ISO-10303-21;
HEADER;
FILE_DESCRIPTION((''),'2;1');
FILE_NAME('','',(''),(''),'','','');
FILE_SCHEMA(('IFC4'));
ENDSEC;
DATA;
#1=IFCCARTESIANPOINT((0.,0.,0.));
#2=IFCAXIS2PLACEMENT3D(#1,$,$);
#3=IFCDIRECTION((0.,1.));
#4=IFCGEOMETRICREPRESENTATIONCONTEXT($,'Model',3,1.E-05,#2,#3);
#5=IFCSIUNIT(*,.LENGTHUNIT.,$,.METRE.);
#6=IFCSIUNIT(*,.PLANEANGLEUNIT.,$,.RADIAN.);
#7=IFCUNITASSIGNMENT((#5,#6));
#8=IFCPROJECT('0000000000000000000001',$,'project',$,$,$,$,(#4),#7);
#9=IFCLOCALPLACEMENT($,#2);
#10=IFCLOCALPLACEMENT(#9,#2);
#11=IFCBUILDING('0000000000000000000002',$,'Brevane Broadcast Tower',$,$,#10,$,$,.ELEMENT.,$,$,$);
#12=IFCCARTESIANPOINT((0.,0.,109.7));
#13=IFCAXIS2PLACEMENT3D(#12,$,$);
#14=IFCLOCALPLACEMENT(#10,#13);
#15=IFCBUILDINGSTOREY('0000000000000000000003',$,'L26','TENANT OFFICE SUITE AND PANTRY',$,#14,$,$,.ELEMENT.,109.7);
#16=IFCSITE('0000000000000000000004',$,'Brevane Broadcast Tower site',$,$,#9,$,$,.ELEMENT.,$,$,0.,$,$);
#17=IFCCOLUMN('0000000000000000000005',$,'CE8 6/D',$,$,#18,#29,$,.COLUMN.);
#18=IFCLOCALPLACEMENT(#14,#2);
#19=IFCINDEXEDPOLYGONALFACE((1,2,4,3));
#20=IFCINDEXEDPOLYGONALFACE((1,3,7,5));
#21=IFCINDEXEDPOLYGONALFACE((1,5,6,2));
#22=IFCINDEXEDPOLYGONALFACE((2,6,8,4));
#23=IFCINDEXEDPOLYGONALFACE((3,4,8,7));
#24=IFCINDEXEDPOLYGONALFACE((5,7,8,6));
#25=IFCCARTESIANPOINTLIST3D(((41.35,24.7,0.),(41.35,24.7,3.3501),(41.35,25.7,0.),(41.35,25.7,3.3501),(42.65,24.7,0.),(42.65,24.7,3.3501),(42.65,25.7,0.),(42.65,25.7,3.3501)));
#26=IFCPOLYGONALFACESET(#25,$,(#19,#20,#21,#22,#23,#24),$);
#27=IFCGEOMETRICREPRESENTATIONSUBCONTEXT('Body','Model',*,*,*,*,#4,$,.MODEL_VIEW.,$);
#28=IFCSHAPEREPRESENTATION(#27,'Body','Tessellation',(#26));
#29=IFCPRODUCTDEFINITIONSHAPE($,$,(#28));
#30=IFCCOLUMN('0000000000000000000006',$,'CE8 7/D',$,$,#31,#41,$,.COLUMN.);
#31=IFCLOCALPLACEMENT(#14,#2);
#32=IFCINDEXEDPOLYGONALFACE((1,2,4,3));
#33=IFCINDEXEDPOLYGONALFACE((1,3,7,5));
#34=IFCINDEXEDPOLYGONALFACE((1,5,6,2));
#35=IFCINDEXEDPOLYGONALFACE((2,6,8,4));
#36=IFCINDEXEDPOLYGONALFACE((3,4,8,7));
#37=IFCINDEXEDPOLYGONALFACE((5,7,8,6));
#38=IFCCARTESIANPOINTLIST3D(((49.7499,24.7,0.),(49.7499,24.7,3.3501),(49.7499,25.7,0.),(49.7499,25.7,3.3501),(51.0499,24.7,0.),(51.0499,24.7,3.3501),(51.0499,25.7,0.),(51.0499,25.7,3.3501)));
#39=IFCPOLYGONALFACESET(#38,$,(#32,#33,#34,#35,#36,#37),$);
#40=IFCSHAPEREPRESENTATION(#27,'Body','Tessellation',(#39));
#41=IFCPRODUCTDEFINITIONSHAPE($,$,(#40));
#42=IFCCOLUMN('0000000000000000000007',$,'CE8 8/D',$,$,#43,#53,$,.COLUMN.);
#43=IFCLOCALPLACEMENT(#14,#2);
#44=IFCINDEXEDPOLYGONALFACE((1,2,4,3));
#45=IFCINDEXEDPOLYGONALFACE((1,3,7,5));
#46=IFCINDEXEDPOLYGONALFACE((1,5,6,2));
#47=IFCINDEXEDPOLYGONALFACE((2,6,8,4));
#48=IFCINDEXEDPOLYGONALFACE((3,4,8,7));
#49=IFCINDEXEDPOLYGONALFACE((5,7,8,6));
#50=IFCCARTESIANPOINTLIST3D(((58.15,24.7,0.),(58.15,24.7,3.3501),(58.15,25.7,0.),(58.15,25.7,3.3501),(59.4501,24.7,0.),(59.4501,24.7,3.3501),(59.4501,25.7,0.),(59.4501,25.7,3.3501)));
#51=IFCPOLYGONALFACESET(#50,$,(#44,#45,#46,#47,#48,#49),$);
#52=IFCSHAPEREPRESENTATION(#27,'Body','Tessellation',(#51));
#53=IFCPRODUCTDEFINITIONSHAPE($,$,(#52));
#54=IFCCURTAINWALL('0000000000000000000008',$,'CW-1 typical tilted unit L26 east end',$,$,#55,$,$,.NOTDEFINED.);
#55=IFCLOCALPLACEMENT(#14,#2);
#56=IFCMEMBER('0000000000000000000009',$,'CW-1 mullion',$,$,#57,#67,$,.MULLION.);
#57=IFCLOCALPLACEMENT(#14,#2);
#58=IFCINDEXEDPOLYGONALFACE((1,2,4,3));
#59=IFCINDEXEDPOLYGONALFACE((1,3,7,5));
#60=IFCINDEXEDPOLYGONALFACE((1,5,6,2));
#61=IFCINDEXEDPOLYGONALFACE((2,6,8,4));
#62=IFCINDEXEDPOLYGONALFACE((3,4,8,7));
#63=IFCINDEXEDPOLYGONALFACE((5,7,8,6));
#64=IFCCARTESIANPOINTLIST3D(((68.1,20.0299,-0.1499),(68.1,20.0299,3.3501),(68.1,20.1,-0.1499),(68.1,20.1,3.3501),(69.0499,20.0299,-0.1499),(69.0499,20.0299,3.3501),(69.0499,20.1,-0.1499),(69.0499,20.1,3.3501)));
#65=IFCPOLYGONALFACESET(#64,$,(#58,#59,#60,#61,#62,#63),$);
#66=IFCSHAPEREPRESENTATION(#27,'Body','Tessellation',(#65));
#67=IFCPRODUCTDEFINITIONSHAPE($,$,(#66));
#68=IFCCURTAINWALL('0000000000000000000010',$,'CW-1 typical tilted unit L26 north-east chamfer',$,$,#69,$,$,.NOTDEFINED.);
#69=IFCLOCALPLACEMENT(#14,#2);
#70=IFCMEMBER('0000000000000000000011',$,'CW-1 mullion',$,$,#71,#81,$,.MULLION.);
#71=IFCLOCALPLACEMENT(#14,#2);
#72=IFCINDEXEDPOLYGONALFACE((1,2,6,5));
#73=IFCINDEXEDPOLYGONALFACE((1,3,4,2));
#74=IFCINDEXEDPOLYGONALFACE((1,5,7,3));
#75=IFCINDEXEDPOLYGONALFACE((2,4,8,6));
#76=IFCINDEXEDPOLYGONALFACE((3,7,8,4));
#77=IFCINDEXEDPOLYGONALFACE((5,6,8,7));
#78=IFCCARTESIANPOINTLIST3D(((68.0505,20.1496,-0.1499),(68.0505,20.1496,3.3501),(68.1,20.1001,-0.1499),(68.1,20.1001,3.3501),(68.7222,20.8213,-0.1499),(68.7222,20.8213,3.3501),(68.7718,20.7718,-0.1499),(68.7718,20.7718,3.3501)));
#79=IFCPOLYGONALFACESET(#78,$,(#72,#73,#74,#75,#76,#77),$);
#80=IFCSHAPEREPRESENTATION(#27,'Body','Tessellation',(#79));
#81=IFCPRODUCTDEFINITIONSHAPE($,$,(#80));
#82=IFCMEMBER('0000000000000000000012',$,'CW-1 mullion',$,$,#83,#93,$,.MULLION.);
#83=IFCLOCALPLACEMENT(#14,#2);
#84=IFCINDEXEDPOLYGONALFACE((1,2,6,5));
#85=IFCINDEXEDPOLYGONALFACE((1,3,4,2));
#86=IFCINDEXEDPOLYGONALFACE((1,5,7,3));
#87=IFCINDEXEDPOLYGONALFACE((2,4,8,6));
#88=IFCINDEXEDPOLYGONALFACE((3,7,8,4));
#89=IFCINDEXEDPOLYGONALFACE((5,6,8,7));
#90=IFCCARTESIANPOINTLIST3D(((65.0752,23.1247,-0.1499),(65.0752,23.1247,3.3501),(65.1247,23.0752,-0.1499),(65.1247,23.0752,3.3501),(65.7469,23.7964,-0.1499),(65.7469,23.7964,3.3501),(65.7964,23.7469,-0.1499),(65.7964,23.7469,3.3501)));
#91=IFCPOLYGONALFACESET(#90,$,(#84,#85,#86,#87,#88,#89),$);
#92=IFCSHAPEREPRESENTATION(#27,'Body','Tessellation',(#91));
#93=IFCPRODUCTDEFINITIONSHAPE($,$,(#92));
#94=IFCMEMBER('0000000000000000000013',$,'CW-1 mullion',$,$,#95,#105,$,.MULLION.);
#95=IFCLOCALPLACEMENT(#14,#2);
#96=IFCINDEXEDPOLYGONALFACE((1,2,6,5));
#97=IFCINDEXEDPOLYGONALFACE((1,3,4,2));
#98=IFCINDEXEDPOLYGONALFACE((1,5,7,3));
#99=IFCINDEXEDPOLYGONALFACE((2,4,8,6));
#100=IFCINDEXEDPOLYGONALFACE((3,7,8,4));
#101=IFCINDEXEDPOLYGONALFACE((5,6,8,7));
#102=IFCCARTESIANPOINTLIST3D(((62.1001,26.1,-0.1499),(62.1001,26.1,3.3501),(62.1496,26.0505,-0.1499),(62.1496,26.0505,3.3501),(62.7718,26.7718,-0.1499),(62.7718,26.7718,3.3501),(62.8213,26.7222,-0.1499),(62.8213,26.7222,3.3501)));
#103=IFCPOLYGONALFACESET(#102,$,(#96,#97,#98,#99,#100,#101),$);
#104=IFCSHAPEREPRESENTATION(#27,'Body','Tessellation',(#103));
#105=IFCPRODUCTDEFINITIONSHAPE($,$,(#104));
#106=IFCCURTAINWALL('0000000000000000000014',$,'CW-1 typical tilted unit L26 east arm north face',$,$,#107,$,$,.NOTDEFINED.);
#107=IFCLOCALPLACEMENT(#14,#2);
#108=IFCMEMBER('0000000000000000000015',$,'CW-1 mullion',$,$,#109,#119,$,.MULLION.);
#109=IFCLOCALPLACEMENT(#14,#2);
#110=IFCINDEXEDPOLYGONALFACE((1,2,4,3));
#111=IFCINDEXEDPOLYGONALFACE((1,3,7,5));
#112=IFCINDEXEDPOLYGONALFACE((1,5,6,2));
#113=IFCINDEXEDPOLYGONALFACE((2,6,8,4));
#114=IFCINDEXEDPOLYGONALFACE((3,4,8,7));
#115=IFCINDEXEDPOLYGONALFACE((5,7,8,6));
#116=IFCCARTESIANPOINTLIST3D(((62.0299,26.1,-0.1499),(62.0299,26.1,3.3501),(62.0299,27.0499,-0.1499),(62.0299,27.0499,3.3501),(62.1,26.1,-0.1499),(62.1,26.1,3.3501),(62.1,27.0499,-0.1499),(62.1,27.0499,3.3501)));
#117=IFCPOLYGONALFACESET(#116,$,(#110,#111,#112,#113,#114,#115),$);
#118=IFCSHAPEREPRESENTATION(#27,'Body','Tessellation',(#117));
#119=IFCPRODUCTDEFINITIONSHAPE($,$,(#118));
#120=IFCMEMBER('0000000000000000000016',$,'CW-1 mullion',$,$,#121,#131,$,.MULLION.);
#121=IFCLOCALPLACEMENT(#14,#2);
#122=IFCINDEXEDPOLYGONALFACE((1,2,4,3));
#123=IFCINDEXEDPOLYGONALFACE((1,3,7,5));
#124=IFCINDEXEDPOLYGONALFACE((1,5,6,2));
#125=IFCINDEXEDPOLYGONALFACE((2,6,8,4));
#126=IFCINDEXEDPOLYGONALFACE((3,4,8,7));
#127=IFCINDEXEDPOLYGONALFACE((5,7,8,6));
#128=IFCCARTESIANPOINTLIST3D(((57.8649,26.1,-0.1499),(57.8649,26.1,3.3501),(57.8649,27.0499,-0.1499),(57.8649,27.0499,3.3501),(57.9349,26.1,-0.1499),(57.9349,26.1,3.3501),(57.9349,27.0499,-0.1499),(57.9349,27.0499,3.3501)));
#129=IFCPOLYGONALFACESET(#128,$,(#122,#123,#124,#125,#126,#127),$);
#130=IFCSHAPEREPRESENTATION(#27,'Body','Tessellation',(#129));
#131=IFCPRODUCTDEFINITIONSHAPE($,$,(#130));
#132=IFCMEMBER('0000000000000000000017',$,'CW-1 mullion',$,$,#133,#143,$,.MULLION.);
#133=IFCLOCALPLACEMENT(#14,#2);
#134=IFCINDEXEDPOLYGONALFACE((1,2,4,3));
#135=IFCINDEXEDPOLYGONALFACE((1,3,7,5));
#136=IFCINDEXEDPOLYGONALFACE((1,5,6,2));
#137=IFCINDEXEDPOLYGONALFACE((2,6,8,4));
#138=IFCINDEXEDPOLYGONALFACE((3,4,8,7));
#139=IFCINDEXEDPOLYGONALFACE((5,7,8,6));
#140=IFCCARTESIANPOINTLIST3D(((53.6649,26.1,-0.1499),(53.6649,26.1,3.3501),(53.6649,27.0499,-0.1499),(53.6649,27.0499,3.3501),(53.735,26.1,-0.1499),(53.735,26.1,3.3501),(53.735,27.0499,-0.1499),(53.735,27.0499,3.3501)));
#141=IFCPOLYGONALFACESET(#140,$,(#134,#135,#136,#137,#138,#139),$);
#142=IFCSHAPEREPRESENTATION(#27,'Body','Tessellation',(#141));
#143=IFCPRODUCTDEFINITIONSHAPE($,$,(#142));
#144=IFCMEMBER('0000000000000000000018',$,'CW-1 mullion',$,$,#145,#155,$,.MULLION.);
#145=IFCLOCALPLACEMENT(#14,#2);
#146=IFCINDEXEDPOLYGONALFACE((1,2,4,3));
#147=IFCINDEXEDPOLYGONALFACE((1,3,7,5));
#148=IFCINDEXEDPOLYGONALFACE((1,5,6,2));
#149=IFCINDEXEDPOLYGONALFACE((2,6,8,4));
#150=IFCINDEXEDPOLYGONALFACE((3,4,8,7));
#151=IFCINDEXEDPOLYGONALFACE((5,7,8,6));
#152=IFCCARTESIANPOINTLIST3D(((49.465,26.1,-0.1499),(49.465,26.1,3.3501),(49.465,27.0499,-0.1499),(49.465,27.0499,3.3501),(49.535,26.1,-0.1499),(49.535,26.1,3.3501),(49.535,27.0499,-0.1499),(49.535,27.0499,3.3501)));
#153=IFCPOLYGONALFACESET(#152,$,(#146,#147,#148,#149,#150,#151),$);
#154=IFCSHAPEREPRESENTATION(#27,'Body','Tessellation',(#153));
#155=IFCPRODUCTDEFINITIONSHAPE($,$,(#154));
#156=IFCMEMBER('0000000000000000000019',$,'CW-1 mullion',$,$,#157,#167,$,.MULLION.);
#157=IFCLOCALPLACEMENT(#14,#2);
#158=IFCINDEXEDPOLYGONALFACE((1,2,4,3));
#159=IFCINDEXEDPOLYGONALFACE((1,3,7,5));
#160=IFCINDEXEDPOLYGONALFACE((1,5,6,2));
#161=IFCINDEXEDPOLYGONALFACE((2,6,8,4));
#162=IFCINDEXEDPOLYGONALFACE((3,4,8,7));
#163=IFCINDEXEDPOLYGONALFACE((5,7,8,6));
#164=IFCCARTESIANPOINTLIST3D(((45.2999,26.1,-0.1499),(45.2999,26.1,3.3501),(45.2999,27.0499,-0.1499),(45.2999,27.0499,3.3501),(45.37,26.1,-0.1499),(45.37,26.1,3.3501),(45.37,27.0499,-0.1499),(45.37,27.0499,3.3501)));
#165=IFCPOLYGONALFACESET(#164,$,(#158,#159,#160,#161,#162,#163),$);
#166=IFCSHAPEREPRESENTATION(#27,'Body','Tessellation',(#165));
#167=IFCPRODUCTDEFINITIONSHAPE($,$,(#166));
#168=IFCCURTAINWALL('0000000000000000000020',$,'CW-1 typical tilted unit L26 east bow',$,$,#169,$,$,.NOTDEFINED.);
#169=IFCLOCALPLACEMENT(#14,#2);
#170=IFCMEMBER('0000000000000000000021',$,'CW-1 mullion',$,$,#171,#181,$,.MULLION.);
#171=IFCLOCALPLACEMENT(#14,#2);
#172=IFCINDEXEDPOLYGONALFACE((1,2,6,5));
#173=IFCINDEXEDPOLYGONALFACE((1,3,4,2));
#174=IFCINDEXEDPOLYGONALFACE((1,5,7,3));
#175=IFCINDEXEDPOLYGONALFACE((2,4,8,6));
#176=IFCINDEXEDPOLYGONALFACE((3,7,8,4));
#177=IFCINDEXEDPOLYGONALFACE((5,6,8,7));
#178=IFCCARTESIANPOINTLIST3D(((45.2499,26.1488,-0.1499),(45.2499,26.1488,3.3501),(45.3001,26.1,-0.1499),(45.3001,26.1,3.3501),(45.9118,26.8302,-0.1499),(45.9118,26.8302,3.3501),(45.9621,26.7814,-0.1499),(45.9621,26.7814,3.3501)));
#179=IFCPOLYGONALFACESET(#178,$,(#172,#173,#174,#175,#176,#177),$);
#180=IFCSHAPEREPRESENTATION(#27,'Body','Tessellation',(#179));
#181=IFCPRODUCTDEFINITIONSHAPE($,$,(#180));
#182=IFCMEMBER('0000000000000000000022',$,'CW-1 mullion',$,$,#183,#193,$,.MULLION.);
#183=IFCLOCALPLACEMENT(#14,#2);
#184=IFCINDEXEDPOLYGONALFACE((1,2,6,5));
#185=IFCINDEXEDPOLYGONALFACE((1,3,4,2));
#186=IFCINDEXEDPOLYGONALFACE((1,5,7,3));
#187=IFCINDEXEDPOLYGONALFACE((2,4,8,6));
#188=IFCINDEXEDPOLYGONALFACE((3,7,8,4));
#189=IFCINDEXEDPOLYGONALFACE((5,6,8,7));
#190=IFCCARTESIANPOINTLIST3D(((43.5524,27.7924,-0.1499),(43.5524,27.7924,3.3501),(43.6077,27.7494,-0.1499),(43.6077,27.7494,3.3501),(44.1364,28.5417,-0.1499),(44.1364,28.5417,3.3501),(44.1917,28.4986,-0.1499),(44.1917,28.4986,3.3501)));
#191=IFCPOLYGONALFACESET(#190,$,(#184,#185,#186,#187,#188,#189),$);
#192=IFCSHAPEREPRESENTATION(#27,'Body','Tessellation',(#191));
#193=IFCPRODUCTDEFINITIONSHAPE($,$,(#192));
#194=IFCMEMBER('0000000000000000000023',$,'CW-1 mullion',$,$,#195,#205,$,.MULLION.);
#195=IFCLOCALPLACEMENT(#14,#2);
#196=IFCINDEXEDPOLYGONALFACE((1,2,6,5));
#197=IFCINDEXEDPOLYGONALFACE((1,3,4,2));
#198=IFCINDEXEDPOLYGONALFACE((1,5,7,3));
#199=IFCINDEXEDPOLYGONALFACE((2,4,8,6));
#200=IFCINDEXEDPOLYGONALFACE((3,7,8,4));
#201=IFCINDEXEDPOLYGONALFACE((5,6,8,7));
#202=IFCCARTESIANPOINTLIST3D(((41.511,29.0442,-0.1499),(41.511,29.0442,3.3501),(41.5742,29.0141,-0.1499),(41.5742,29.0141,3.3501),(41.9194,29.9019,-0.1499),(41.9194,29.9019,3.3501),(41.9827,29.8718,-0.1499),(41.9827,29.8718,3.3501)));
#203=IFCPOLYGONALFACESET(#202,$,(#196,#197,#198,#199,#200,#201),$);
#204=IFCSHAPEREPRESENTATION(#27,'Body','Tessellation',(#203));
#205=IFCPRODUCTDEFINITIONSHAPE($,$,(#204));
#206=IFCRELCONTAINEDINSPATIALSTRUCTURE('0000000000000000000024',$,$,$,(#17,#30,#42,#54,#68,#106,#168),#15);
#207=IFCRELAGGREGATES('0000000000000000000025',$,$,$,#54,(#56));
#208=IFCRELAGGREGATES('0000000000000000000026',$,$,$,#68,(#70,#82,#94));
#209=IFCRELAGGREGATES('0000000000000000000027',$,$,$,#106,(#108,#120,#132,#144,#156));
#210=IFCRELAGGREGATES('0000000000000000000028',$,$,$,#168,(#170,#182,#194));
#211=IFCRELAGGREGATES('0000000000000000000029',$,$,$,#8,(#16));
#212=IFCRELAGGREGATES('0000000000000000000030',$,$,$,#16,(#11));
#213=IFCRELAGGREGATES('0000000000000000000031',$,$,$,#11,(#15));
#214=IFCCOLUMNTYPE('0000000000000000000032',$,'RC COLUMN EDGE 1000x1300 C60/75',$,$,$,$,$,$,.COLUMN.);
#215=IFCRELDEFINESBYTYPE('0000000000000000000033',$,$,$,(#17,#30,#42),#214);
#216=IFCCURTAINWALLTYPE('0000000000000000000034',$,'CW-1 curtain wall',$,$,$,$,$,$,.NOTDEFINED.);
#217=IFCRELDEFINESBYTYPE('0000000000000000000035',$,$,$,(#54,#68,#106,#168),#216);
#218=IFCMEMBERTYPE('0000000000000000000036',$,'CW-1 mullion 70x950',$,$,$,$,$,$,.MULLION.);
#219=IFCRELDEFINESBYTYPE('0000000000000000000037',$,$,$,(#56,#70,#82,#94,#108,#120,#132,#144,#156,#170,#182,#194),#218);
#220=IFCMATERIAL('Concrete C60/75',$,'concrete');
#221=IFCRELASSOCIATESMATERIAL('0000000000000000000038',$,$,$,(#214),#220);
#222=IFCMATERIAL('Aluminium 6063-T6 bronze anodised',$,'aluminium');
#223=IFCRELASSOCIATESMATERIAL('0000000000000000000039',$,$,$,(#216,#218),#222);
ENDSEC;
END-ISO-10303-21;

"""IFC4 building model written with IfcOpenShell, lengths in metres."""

from ifc_helpers import new_model, si_unit, direction, frame, origin, origin_2d, place, context, subcontext, project, spatial, rectangle, extrude, material, material_profile, profile_set, type_object, element, aggregate, save


model = new_model("IFC4")

# Units and contexts
model_context = context("Model", 3, precision=1e-05, world=origin(), true_north=direction((0.0, 1.0)))
body_context = subcontext(model_context, "Body", "Model", "MODEL_VIEW")
ifc_project = project(units=[si_unit("LENGTHUNIT", "METRE"), si_unit("PLANEANGLEUNIT", "RADIAN")], contexts=[model_context])

# Site, building, storey
site_placement = place(None, origin())
site = spatial("IfcSite", under=ifc_project, at=site_placement, Name="Brevane Broadcast Tower site", CompositionType="ELEMENT", RefElevation=0.0)
building_placement = place(site_placement, origin())
building = spatial("IfcBuilding", under=site, at=building_placement, Name="Brevane Broadcast Tower", CompositionType="ELEMENT")
storey_placement = place(building_placement, frame((0.0, 0.0, 109.7)))
storey = spatial("IfcBuildingStorey", under=building, at=storey_placement, Name="L26", Description="TENANT OFFICE SUITE AND PANTRY", CompositionType="ELEMENT", Elevation=109.7)

# Columns
ifc_material_1 = material(Name="Concrete C60/75", Category="concrete")
ifc_material_profile_1 = material_profile(ifc_material_1, rectangle(XDim=1.0, YDim=1.3, at=origin_2d()), Name="RC 1000x1300")
ifc_profile_set_1 = profile_set([ifc_material_profile_1], Name="Concrete C60/75")
column_type = type_object("IfcColumnType", Name="RC COLUMN EDGE 1000x1300 C60/75", PredefinedType="COLUMN", material=ifc_profile_set_1)
for number, where, z_axis, x_axis, name in (
    (1, (42.0, 25.2, 0.0), (0.0, 0.0, 1.0), (0.0, 1.0, 0.0), "CE8 6/D"),
    (2, (50.3999, 25.2, 0.0), (0.0, 0.0, 1.0), (0.0, 1.0, 0.0), "CE8 7/D"),
    (3, (58.8, 25.2, 0.0), (0.0, 0.0, 1.0), (0.0, 1.0, 0.0), "CE8 8/D"),
):
    element("IfcColumn", number, at=place(storey_placement, frame(where, z_axis=z_axis, x_axis=x_axis)), inside=storey, type_object=column_type, Name=name, PredefinedType="COLUMN", context=body_context, shape_type="SweptSolid", body=[
        extrude(rectangle(XDim=1.0, YDim=1.3, at=origin_2d()), origin(), (0.0, 0.0, 1.0), 3.3501),
    ])

# Curtain wall, member
ifc_material_2 = material(Name="Aluminium 6063-T6 bronze anodised", Category="aluminium")
curtain_wall_type = type_object("IfcCurtainWallType", Name="CW-1 curtain wall", PredefinedType="NOTDEFINED", material=ifc_material_2)
curtain_wall_1_placement = place(storey_placement, origin())
curtain_wall_1 = element("IfcCurtainWall", 4, at=curtain_wall_1_placement, inside=storey, type_object=curtain_wall_type, Name="CW-1 typical tilted unit L26 east end", PredefinedType="NOTDEFINED")
ifc_material_profile_2 = material_profile(ifc_material_2, rectangle(XDim=0.95, YDim=0.0701, at=origin_2d()), Name="RECT 70x950")
ifc_profile_set_2 = profile_set([ifc_material_profile_2], Name="Aluminium 6063-T6 bronze anodised")
member_type_1 = type_object("IfcMemberType", Name="CW-1 mullion 70x950", PredefinedType="MULLION", material=ifc_profile_set_2)
member_1_placement = place(storey_placement, frame((68.575, 20.0649, -0.1499), z_axis=(0.0, 0.0, 1.0), x_axis=(-1.0, 0.0, 0.0)))
member_1 = element("IfcMember", 5, at=member_1_placement, type_object=member_type_1, Name="CW-1 mullion", PredefinedType="MULLION", context=body_context, shape_type="SweptSolid", body=[
    extrude(rectangle(XDim=0.95, YDim=0.0701, at=origin_2d()), origin(), (0.0, 0.0, 1.0), 3.5),
])
aggregate(curtain_wall_1, [member_1])

# Curtain walls, members
curtain_wall_2_placement = place(storey_placement, origin())
curtain_wall_2 = element("IfcCurtainWall", 6, at=curtain_wall_2_placement, inside=storey, type_object=curtain_wall_type, Name="CW-1 typical tilted unit L26 north-east chamfer", PredefinedType="NOTDEFINED")
member_2_placement = place(storey_placement, frame((68.4111, 20.4607, -0.1499), z_axis=(0.0, 0.0, 1.0), x_axis=(-0.707107, -0.707107, 0.0)))
member_2 = element("IfcMember", 7, at=member_2_placement, type_object=member_type_1, Name="CW-1 mullion", PredefinedType="MULLION", context=body_context, shape_type="SweptSolid", body=[
    extrude(rectangle(XDim=0.95, YDim=0.0701, at=origin_2d()), origin(), (0.0, 0.0, 1.0), 3.5),
])
member_3_placement = place(storey_placement, frame((65.4358, 23.4358, -0.1499), z_axis=(0.0, 0.0, 1.0), x_axis=(-0.707107, -0.707107, 0.0)))
member_3 = element("IfcMember", 8, at=member_3_placement, type_object=member_type_1, Name="CW-1 mullion", PredefinedType="MULLION", context=body_context, shape_type="SweptSolid", body=[
    extrude(rectangle(XDim=0.95, YDim=0.0701, at=origin_2d()), origin(), (0.0, 0.0, 1.0), 3.5),
])
member_4_placement = place(storey_placement, frame((62.4607, 26.4111, -0.1499), z_axis=(0.0, 0.0, 1.0), x_axis=(-0.707107, -0.707107, 0.0)))
member_4 = element("IfcMember", 9, at=member_4_placement, type_object=member_type_1, Name="CW-1 mullion", PredefinedType="MULLION", context=body_context, shape_type="SweptSolid", body=[
    extrude(rectangle(XDim=0.95, YDim=0.0701, at=origin_2d()), origin(), (0.0, 0.0, 1.0), 3.5),
])
curtain_wall_3_placement = place(storey_placement, origin())
curtain_wall_3 = element("IfcCurtainWall", 10, at=curtain_wall_3_placement, inside=storey, type_object=curtain_wall_type, Name="CW-1 typical tilted unit L26 east arm north face", PredefinedType="NOTDEFINED")
member_5_placement = place(storey_placement, frame((62.0649, 26.575, -0.1499), z_axis=(0.0, 0.0, 1.0), x_axis=(0.0, -1.0, 0.0)))
member_5 = element("IfcMember", 11, at=member_5_placement, type_object=member_type_1, Name="CW-1 mullion", PredefinedType="MULLION", context=body_context, shape_type="SweptSolid", body=[
    extrude(rectangle(XDim=0.95, YDim=0.0701, at=origin_2d()), origin(), (0.0, 0.0, 1.0), 3.5),
])
member_6_placement = place(storey_placement, frame((57.8999, 26.575, -0.1499), z_axis=(0.0, 0.0, 1.0), x_axis=(0.0, -1.0, 0.0)))
member_6 = element("IfcMember", 12, at=member_6_placement, type_object=member_type_1, Name="CW-1 mullion", PredefinedType="MULLION", context=body_context, shape_type="SweptSolid", body=[
    extrude(rectangle(XDim=0.95, YDim=0.0701, at=origin_2d()), origin(), (0.0, 0.0, 1.0), 3.5),
])
member_7_placement = place(storey_placement, frame((53.7, 26.575, -0.1499), z_axis=(0.0, 0.0, 1.0), x_axis=(0.0, -1.0, 0.0)))
member_7 = element("IfcMember", 13, at=member_7_placement, type_object=member_type_1, Name="CW-1 mullion", PredefinedType="MULLION", context=body_context, shape_type="SweptSolid", body=[
    extrude(rectangle(XDim=0.95, YDim=0.0701, at=origin_2d()), origin(), (0.0, 0.0, 1.0), 3.5),
])
member_8_placement = place(storey_placement, frame((49.5, 26.575, -0.1499), z_axis=(0.0, 0.0, 1.0), x_axis=(0.0, -1.0, 0.0)))
member_8 = element("IfcMember", 14, at=member_8_placement, type_object=member_type_1, Name="CW-1 mullion", PredefinedType="MULLION", context=body_context, shape_type="SweptSolid", body=[
    extrude(rectangle(XDim=0.95, YDim=0.0701, at=origin_2d()), origin(), (0.0, 0.0, 1.0), 3.5),
])
member_9_placement = place(storey_placement, frame((45.335, 26.575, -0.1499), z_axis=(0.0, 0.0, 1.0), x_axis=(0.0, -1.0, 0.0)))
member_9 = element("IfcMember", 15, at=member_9_placement, type_object=member_type_1, Name="CW-1 mullion", PredefinedType="MULLION", context=body_context, shape_type="SweptSolid", body=[
    extrude(rectangle(XDim=0.95, YDim=0.0701, at=origin_2d()), origin(), (0.0, 0.0, 1.0), 3.5),
])
curtain_wall_4_placement = place(storey_placement, origin())
curtain_wall_4 = element("IfcCurtainWall", 16, at=curtain_wall_4_placement, inside=storey, type_object=curtain_wall_type, Name="CW-1 typical tilted unit L26 east bow", PredefinedType="NOTDEFINED")
member_10_placement = place(storey_placement, frame((45.606, 26.4651, -0.1499), z_axis=(0.0, 0.0, 1.0), x_axis=(-0.696812, -0.717254, 0.0)))
member_10 = element("IfcMember", 17, at=member_10_placement, type_object=member_type_1, Name="CW-1 mullion", PredefinedType="MULLION", context=body_context, shape_type="SweptSolid", body=[
    extrude(rectangle(XDim=0.95, YDim=0.0701, at=origin_2d()), origin(), (0.0, 0.0, 1.0), 3.5),
])
member_11_placement = place(storey_placement, frame((43.8721, 28.1455, -0.1499), z_axis=(0.0, 0.0, 1.0), x_axis=(-0.61477, -0.788707, 0.0)))
member_11 = element("IfcMember", 18, at=member_11_placement, type_object=member_type_1, Name="CW-1 mullion", PredefinedType="MULLION", context=body_context, shape_type="SweptSolid", body=[
    extrude(rectangle(XDim=0.95, YDim=0.0701, at=origin_2d()), origin(), (0.0, 0.0, 1.0), 3.5),
])
member_12_placement = place(storey_placement, frame((41.7468, 29.458, -0.1499), z_axis=(0.0, 0.0, 1.0), x_axis=(-0.429934, -0.902861, 0.0)))
member_12 = element("IfcMember", 19, at=member_12_placement, type_object=member_type_1, Name="CW-1 mullion", PredefinedType="MULLION", context=body_context, shape_type="SweptSolid", body=[
    extrude(rectangle(XDim=0.95, YDim=0.0701, at=origin_2d()), origin(), (0.0, 0.0, 1.0), 3.5),
])

aggregate(curtain_wall_2, [member_2, member_3, member_4])
aggregate(curtain_wall_3, [member_5, member_6, member_7, member_8, member_9])
aggregate(curtain_wall_4, [member_10, member_11, member_12])

save(model, "model.ifc")
